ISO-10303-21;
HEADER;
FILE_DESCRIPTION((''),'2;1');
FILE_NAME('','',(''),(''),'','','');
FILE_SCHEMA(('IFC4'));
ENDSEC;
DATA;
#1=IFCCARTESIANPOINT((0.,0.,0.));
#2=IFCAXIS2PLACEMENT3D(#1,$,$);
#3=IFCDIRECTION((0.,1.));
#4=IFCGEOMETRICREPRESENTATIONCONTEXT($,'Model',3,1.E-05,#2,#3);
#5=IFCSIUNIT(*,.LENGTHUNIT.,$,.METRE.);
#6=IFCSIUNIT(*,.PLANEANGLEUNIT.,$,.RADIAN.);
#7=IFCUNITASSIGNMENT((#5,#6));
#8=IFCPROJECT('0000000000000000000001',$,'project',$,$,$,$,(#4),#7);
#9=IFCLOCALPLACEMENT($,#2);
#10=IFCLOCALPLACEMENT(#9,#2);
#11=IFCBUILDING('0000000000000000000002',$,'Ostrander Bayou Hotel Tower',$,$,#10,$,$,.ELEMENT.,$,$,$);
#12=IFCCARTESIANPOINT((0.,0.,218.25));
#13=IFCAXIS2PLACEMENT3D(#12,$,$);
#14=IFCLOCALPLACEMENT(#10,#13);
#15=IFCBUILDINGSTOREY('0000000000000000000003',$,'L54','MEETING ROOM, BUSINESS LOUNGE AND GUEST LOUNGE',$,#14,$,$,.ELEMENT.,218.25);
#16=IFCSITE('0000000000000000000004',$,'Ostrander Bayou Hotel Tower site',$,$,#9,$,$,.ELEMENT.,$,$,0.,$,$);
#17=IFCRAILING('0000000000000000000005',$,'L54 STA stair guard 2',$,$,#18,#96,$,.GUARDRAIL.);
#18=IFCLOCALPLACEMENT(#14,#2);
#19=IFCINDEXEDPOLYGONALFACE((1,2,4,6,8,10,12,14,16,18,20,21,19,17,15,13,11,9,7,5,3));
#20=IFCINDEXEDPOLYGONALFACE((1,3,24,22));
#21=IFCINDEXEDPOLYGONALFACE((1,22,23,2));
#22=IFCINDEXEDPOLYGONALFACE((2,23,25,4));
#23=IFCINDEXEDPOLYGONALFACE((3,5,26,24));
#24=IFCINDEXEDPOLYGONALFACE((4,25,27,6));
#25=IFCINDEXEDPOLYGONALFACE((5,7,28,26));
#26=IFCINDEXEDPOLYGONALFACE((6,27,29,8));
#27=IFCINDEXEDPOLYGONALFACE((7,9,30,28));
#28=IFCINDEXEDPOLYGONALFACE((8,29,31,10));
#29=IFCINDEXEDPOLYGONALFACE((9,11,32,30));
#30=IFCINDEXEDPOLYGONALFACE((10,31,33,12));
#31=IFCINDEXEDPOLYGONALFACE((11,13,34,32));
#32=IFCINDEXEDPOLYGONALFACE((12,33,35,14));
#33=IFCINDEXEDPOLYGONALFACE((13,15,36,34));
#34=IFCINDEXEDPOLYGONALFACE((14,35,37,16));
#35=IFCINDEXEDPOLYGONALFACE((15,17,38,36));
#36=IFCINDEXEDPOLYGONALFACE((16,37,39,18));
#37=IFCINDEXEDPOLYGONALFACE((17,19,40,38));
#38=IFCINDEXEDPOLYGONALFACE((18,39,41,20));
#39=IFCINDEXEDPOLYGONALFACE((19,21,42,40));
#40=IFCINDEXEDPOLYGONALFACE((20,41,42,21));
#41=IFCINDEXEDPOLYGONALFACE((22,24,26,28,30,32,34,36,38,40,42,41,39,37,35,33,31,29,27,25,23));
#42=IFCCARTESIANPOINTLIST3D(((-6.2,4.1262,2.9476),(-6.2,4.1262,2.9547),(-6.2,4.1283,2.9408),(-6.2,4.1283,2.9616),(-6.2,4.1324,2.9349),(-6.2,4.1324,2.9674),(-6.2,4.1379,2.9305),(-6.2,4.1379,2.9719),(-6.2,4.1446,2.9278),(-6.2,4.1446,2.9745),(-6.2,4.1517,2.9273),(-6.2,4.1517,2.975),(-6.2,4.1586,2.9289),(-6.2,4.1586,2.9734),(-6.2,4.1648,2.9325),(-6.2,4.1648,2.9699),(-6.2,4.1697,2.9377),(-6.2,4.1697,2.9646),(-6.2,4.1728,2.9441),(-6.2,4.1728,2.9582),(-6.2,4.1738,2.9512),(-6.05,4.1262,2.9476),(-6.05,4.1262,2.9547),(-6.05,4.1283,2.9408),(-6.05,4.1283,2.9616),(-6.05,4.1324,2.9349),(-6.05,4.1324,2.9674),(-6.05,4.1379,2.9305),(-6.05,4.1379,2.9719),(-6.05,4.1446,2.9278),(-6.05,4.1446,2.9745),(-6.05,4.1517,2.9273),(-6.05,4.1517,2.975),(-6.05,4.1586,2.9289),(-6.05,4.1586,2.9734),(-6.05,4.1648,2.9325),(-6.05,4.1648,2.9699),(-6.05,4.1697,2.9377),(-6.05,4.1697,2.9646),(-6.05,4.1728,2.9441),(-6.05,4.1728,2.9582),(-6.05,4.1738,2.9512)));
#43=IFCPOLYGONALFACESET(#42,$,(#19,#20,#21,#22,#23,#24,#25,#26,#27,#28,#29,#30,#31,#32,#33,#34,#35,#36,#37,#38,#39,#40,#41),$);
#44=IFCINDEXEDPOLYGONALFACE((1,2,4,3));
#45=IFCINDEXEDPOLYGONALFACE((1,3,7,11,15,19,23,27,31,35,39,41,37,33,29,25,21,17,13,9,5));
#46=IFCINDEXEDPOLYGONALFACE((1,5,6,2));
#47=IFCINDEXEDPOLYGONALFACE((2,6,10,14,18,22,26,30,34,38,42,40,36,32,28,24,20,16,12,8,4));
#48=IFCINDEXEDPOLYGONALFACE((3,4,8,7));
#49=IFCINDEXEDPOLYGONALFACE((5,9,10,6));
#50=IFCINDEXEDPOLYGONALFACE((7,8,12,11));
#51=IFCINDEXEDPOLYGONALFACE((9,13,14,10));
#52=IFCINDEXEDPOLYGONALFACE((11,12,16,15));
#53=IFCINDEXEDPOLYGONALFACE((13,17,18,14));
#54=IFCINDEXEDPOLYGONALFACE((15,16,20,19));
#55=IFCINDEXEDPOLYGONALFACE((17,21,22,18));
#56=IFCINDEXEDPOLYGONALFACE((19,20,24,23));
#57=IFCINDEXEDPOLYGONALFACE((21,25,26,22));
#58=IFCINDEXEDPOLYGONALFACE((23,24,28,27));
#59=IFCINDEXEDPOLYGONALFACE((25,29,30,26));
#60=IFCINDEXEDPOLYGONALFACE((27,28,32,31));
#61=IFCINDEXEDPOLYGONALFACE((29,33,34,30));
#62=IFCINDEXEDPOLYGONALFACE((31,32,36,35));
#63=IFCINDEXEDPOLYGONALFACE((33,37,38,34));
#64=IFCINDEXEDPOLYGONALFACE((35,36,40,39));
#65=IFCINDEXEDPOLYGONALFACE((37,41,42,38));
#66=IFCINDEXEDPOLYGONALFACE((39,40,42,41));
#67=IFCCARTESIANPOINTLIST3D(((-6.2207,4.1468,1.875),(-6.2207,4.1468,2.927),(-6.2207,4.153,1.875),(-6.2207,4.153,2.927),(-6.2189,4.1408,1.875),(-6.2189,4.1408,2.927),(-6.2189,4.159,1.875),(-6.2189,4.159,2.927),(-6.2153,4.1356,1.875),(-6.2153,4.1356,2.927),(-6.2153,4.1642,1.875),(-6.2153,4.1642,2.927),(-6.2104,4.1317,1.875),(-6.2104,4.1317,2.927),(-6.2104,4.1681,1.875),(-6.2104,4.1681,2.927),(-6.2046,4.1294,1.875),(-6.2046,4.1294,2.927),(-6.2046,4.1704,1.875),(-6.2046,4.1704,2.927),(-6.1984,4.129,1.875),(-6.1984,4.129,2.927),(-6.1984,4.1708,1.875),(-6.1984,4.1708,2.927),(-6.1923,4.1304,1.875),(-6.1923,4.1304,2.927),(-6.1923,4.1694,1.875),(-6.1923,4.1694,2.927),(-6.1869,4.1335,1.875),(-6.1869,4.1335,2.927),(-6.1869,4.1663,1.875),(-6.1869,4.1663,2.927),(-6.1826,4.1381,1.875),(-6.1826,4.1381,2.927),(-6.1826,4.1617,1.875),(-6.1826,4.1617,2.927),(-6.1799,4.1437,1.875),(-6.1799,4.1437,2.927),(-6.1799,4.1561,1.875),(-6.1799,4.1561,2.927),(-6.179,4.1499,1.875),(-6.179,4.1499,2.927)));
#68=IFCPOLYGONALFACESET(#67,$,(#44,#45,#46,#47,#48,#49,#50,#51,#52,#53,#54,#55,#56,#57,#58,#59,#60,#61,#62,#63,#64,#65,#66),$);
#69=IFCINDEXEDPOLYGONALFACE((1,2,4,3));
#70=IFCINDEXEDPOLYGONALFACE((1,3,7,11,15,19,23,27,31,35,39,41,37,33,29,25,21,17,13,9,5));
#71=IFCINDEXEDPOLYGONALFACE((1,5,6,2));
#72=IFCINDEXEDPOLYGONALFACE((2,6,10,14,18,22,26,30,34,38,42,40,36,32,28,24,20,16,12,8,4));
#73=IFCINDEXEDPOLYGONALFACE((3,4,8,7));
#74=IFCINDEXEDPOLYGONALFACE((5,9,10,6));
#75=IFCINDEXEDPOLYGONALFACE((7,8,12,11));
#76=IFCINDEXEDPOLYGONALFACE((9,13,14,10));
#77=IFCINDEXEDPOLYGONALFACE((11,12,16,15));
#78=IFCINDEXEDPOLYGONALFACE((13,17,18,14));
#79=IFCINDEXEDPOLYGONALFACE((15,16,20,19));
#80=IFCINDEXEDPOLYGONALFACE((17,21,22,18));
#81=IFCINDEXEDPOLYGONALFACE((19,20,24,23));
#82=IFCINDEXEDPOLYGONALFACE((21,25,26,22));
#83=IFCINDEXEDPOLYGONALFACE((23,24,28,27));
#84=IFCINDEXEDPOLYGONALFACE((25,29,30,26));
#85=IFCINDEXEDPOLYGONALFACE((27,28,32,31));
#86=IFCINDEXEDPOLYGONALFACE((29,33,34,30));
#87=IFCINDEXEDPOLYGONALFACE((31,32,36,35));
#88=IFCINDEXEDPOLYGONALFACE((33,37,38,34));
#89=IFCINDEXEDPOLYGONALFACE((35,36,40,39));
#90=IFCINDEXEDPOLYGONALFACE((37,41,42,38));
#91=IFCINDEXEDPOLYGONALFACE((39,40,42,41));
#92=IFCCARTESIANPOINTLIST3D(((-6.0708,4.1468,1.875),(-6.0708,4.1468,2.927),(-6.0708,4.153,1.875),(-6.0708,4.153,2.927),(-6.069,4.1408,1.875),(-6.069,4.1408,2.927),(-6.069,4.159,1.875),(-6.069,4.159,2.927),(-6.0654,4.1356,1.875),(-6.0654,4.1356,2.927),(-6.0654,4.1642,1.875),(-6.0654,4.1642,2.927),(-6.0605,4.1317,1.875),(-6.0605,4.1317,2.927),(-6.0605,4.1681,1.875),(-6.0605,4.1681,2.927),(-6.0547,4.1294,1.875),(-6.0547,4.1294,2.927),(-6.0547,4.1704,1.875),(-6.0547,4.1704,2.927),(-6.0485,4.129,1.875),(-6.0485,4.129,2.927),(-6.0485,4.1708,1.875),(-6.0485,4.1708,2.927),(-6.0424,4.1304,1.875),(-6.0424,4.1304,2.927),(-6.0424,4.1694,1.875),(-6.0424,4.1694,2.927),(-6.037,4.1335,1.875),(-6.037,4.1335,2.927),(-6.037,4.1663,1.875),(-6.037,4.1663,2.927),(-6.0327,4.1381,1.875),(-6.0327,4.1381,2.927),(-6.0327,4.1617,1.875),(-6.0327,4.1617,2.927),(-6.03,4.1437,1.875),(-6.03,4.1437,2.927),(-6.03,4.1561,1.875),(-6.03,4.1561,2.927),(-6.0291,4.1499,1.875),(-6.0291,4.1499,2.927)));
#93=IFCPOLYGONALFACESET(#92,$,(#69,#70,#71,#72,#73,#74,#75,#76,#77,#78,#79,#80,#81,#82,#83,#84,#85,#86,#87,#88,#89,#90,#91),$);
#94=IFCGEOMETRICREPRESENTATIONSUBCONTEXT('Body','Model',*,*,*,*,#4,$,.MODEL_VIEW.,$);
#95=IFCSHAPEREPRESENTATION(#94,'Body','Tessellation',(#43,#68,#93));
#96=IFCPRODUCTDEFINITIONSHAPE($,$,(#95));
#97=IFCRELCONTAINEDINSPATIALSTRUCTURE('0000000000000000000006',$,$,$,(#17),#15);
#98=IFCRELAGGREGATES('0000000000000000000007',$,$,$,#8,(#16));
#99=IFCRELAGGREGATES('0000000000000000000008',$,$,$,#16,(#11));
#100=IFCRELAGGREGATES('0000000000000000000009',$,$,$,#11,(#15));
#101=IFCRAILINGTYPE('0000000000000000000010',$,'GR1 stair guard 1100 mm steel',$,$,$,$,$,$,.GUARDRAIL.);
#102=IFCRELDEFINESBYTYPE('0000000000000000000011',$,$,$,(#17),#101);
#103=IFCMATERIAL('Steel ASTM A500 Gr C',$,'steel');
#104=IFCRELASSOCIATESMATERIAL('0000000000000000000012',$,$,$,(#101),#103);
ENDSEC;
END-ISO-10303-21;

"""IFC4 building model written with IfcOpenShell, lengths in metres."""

from ifc_helpers import new_model, si_unit, direction, frame, origin, origin_2d, place, context, subcontext, project, spatial, circle, extrude, material, type_object, element, save


model = new_model("IFC4")

# Units and contexts
model_context = context("Model", 3, precision=1e-05, world=origin(), true_north=direction((0.0, 1.0)))
body_context = subcontext(model_context, "Body", "Model", "MODEL_VIEW")
ifc_project = project(units=[si_unit("LENGTHUNIT", "METRE"), si_unit("PLANEANGLEUNIT", "RADIAN")], contexts=[model_context])

# Site, building, storey
site_placement = place(None, origin())
site = spatial("IfcSite", under=ifc_project, at=site_placement, Name="Ostrander Bayou Hotel Tower site", CompositionType="ELEMENT", RefElevation=0.0)
building_placement = place(site_placement, origin())
building = spatial("IfcBuilding", under=site, at=building_placement, Name="Ostrander Bayou Hotel Tower", CompositionType="ELEMENT")
storey_placement = place(building_placement, frame((0.0, 0.0, 218.25)))
storey = spatial("IfcBuildingStorey", under=building, at=storey_placement, Name="L54", Description="MEETING ROOM, BUSINESS LOUNGE AND GUEST LOUNGE", CompositionType="ELEMENT", Elevation=218.25)

# Railing
ifc_material_1 = material(Name="Steel ASTM A500 Gr C", Category="steel")
railing_type_1 = type_object("IfcRailingType", Name="GR1 stair guard 1100 mm steel", PredefinedType="GUARDRAIL", material=ifc_material_1)
railing_1_placement = place(storey_placement, frame((-6.2, 4.1499, 1.875)))
element("IfcRailing", 1, at=railing_1_placement, inside=storey, type_object=railing_type_1, Name="L54 STA stair guard 2", PredefinedType="GUARDRAIL", context=body_context, shape_type="SweptSolid", body=[
    extrude(circle(Radius=0.0239, at=origin_2d()), frame((0.0, 0.0, 1.0762), z_axis=(1.0, 0.0, 0.0), x_axis=(0.0, 1.0, 0.0)), (0.0, 0.0, 1.0), 0.1499),
    extrude(circle(Radius=0.021, at=origin_2d()), origin(), (0.0, 0.0, 1.0), 1.052),
    extrude(circle(Radius=0.021, at=origin_2d()), frame((0.1499, 0.0, 0.0)), (0.0, 0.0, 1.0), 1.052),
])

save(model, "model.ifc")
